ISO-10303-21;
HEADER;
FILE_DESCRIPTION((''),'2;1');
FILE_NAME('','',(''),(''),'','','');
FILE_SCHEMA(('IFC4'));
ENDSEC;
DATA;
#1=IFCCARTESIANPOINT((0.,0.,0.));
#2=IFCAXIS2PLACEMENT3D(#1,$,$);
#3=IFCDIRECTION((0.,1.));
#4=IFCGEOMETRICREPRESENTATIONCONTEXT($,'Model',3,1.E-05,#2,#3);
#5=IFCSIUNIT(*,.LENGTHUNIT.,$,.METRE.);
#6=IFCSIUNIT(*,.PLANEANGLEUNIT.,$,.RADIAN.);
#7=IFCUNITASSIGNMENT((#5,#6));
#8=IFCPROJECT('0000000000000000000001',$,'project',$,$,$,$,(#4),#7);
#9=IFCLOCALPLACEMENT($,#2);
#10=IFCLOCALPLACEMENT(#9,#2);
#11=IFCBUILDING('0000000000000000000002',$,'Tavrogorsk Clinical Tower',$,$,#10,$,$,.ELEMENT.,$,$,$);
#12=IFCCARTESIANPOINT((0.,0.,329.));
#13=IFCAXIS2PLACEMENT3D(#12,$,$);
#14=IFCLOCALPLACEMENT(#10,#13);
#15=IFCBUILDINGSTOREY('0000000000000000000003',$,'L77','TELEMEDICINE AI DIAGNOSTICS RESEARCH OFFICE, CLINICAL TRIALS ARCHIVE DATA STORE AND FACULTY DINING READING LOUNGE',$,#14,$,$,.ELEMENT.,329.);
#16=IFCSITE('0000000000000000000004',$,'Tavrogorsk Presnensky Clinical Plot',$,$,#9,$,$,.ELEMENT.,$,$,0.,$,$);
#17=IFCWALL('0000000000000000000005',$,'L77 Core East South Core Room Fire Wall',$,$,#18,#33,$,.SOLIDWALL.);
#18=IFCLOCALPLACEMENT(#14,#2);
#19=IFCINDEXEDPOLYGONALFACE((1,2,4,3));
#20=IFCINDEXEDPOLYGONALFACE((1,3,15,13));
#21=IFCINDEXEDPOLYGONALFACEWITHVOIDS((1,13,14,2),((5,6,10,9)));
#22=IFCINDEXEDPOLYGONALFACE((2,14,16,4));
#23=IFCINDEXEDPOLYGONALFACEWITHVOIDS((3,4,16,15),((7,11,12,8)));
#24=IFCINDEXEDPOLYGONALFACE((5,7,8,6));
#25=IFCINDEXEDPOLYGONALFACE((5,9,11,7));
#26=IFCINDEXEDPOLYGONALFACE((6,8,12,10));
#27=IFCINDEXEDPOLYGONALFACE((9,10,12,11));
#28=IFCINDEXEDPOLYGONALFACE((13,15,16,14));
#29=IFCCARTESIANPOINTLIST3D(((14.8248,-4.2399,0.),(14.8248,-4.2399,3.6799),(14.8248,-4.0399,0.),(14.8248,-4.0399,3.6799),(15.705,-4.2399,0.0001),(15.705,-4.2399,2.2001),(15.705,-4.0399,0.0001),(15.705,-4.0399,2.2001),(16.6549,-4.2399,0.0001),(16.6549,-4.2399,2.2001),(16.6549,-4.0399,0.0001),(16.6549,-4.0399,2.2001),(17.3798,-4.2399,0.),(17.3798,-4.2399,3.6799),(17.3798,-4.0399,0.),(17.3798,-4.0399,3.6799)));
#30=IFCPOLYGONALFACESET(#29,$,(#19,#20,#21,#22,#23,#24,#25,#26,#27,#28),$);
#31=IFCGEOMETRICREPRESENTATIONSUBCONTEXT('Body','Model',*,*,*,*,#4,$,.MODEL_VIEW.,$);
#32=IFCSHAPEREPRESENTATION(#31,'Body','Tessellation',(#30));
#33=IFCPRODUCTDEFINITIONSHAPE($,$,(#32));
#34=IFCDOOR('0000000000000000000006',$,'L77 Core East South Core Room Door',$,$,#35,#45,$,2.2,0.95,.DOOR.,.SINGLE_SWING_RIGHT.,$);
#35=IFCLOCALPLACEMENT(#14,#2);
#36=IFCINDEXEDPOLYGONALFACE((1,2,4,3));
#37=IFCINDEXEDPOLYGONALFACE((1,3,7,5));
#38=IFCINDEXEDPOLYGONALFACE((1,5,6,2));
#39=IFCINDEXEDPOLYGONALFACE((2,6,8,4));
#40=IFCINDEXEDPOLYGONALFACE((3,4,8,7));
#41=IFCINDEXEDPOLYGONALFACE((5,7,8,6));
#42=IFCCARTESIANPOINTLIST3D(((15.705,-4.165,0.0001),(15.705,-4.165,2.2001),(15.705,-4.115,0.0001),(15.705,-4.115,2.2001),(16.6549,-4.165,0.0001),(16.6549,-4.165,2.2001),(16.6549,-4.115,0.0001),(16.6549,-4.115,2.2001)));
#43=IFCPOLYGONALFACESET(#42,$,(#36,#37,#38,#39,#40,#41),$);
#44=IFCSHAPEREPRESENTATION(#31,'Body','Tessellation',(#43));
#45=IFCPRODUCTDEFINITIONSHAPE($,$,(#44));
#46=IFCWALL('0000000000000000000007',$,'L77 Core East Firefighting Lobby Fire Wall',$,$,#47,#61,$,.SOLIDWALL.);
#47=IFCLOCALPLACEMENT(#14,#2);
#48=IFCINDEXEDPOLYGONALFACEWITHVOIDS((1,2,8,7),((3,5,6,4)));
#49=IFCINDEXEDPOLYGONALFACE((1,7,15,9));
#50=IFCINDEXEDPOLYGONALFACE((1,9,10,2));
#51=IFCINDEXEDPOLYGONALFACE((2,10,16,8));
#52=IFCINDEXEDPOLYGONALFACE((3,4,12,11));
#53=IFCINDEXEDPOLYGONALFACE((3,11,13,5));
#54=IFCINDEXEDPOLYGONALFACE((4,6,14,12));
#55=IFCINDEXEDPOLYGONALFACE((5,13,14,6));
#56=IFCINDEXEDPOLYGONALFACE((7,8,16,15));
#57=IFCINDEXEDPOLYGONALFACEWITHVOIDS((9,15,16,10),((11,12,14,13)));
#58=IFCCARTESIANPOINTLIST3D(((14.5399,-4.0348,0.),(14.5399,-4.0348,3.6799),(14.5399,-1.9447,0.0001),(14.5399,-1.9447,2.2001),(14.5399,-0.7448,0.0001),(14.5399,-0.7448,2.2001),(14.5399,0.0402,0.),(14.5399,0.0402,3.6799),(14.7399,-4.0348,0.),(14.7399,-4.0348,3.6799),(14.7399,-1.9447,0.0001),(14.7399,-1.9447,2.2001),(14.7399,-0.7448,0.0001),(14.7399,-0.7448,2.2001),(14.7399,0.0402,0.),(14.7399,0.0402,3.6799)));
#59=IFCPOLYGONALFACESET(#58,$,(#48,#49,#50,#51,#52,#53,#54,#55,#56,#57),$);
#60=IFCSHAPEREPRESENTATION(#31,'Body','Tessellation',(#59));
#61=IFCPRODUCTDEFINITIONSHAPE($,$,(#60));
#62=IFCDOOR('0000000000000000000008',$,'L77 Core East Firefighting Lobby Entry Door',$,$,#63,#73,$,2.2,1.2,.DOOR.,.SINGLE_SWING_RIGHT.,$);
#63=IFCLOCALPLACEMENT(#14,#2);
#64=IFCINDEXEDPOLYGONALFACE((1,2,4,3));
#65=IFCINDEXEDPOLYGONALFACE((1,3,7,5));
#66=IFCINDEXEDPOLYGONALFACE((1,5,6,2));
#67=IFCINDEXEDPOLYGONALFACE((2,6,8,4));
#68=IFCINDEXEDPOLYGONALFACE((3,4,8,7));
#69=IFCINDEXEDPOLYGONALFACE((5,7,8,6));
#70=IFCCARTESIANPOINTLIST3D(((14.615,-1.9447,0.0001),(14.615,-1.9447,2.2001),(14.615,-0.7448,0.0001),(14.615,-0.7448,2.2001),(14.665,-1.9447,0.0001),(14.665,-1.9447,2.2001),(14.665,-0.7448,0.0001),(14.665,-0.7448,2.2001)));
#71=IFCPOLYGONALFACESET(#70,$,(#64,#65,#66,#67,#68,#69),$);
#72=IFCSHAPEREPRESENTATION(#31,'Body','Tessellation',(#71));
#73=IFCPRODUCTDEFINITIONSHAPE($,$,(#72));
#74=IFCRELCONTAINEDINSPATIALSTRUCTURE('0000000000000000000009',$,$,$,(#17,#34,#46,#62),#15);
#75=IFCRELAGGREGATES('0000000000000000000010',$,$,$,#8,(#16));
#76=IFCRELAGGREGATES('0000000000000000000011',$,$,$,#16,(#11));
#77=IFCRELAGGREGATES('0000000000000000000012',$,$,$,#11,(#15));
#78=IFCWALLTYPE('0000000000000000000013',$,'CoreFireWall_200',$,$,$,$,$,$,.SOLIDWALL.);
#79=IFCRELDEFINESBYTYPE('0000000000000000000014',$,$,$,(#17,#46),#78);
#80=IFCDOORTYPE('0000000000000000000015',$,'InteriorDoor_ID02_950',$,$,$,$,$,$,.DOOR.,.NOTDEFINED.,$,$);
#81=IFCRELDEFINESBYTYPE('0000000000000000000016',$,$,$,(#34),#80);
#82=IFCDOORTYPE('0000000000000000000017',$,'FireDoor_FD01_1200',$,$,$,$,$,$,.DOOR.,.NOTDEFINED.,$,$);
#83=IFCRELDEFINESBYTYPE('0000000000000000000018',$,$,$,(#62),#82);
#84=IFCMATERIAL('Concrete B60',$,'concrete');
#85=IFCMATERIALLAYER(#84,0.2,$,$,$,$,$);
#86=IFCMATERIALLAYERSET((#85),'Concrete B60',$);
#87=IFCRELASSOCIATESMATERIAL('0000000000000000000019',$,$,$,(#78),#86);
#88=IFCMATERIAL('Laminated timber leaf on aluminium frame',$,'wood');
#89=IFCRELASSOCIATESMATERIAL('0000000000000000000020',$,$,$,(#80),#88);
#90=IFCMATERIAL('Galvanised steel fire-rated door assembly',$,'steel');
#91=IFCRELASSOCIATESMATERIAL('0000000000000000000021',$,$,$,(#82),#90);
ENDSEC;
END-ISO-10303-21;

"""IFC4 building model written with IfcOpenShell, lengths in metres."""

from ifc_helpers import new_model, si_unit, direction, frame, frame_2d, origin, place, context, subcontext, project, spatial, rectangle, extrude, material, layer, layer_set, type_object, element, fill, save


model = new_model("IFC4")

# Units and contexts
model_context = context("Model", 3, precision=1e-05, world=origin(), true_north=direction((0.0, 1.0)))
body_context = subcontext(model_context, "Body", "Model", "MODEL_VIEW")
ifc_project = project(units=[si_unit("LENGTHUNIT", "METRE"), si_unit("PLANEANGLEUNIT", "RADIAN")], contexts=[model_context])

# Site, building, storey
site_placement = place(None, origin())
site = spatial("IfcSite", under=ifc_project, at=site_placement, Name="Tavrogorsk Presnensky Clinical Plot", CompositionType="ELEMENT", RefElevation=0.0)
building_placement = place(site_placement, origin())
building = spatial("IfcBuilding", under=site, at=building_placement, Name="Tavrogorsk Clinical Tower", CompositionType="ELEMENT")
storey_placement = place(building_placement, frame((0.0, 0.0, 329.0)))
storey = spatial("IfcBuildingStorey", under=building, at=storey_placement, Name="L77", Description="TELEMEDICINE AI DIAGNOSTICS RESEARCH OFFICE, CLINICAL TRIALS ARCHIVE DATA STORE AND FACULTY DINING READING LOUNGE", CompositionType="ELEMENT", Elevation=329.0)

# Walls, openings, doors
ifc_material_1 = material(Name="Concrete B60", Category="concrete")
ifc_layer_1 = layer(ifc_material_1, 0.2)
ifc_layer_set_1 = layer_set([ifc_layer_1], Name="Concrete B60")
wall_type_1 = type_object("IfcWallType", Name="CoreFireWall_200", PredefinedType="SOLIDWALL", material=ifc_layer_set_1)
wall_1_placement = place(storey_placement, frame((14.825, -4.1399, 0.0), z_axis=(0.0, 0.0, 1.0), x_axis=(1.0, 0.0, 0.0)))
wall_1 = element("IfcWall", 1, at=wall_1_placement, inside=storey, type_object=wall_type_1, Name="L77 Core East South Core Room Fire Wall", PredefinedType="SOLIDWALL", context=body_context, shape_type="SweptSolid", body=[
    extrude(rectangle(XDim=2.5549, YDim=0.2, at=frame_2d((1.2773, 0.0))), origin(), (0.0, 0.0, 1.0), 3.6799),
])
opening_1_placement = place(wall_1_placement, frame((0.8799, 0.0, 0.0)))
opening_1 = element("IfcOpeningElement", 2, at=opening_1_placement, cuts=wall_1, PredefinedType="OPENING", context=body_context, shape_type="SweptSolid", body=[
    extrude(rectangle(XDim=0.95, YDim=2.2, at=frame_2d((0.4751, 1.1001))), frame((0.0, 0.1099, 0.0), z_axis=(0.0, -1.0, 0.0), x_axis=(1.0, 0.0, 0.0)), (0.0, 0.0, 1.0), 0.22),
])
ifc_material_2 = material(Name="Laminated timber leaf on aluminium frame", Category="wood")
door_type_1 = type_object("IfcDoorType", Name="InteriorDoor_ID02_950", OperationType="NOTDEFINED", PredefinedType="DOOR", material=ifc_material_2)
door_1_placement = place(opening_1_placement, origin())
door_1 = element("IfcDoor", 3, at=door_1_placement, inside=storey, type_object=door_type_1, Name="L77 Core East South Core Room Door", OperationType="SINGLE_SWING_RIGHT", OverallHeight=2.2, OverallWidth=0.95, PredefinedType="DOOR", context=body_context, shape_type="SweptSolid", body=[
    extrude(rectangle(XDim=0.95, YDim=2.2, at=frame_2d((0.4751, 1.1001))), frame((0.0, 0.0249, 0.0), z_axis=(0.0, -1.0, 0.0), x_axis=(1.0, 0.0, 0.0)), (0.0, 0.0, 1.0), 0.05),
])
fill(opening_1, door_1)
wall_2_placement = place(storey_placement, frame((14.6399, -4.0349, 0.0), z_axis=(0.0, 0.0, 1.0), x_axis=(0.0, 1.0, 0.0)))
wall_2 = element("IfcWall", 4, at=wall_2_placement, inside=storey, type_object=wall_type_1, Name="L77 Core East Firefighting Lobby Fire Wall", PredefinedType="SOLIDWALL", context=body_context, shape_type="SweptSolid", body=[
    extrude(rectangle(XDim=4.075, YDim=0.2, at=frame_2d((2.0376, 0.0))), origin(), (0.0, 0.0, 1.0), 3.6799),
])
opening_2_placement = place(wall_2_placement, frame((2.0901, 0.0, 0.0)))
opening_2 = element("IfcOpeningElement", 5, at=opening_2_placement, cuts=wall_2, PredefinedType="OPENING", context=body_context, shape_type="SweptSolid", body=[
    extrude(rectangle(XDim=1.2, YDim=2.2, at=frame_2d((0.6001, 1.1001))), frame((0.0, 0.1099, 0.0), z_axis=(0.0, -1.0, 0.0), x_axis=(1.0, 0.0, 0.0)), (0.0, 0.0, 1.0), 0.22),
])
ifc_material_3 = material(Name="Galvanised steel fire-rated door assembly", Category="steel")
door_type_2 = type_object("IfcDoorType", Name="FireDoor_FD01_1200", OperationType="NOTDEFINED", PredefinedType="DOOR", material=ifc_material_3)
door_2_placement = place(opening_2_placement, origin())
door_2 = element("IfcDoor", 6, at=door_2_placement, inside=storey, type_object=door_type_2, Name="L77 Core East Firefighting Lobby Entry Door", OperationType="SINGLE_SWING_RIGHT", OverallHeight=2.2, OverallWidth=1.2, PredefinedType="DOOR", context=body_context, shape_type="SweptSolid", body=[
    extrude(rectangle(XDim=1.2, YDim=2.2, at=frame_2d((0.6001, 1.1001))), frame((0.0, 0.0249, 0.0), z_axis=(0.0, -1.0, 0.0), x_axis=(1.0, 0.0, 0.0)), (0.0, 0.0, 1.0), 0.05),
])
fill(opening_2, door_2)

save(model, "model.ifc")
